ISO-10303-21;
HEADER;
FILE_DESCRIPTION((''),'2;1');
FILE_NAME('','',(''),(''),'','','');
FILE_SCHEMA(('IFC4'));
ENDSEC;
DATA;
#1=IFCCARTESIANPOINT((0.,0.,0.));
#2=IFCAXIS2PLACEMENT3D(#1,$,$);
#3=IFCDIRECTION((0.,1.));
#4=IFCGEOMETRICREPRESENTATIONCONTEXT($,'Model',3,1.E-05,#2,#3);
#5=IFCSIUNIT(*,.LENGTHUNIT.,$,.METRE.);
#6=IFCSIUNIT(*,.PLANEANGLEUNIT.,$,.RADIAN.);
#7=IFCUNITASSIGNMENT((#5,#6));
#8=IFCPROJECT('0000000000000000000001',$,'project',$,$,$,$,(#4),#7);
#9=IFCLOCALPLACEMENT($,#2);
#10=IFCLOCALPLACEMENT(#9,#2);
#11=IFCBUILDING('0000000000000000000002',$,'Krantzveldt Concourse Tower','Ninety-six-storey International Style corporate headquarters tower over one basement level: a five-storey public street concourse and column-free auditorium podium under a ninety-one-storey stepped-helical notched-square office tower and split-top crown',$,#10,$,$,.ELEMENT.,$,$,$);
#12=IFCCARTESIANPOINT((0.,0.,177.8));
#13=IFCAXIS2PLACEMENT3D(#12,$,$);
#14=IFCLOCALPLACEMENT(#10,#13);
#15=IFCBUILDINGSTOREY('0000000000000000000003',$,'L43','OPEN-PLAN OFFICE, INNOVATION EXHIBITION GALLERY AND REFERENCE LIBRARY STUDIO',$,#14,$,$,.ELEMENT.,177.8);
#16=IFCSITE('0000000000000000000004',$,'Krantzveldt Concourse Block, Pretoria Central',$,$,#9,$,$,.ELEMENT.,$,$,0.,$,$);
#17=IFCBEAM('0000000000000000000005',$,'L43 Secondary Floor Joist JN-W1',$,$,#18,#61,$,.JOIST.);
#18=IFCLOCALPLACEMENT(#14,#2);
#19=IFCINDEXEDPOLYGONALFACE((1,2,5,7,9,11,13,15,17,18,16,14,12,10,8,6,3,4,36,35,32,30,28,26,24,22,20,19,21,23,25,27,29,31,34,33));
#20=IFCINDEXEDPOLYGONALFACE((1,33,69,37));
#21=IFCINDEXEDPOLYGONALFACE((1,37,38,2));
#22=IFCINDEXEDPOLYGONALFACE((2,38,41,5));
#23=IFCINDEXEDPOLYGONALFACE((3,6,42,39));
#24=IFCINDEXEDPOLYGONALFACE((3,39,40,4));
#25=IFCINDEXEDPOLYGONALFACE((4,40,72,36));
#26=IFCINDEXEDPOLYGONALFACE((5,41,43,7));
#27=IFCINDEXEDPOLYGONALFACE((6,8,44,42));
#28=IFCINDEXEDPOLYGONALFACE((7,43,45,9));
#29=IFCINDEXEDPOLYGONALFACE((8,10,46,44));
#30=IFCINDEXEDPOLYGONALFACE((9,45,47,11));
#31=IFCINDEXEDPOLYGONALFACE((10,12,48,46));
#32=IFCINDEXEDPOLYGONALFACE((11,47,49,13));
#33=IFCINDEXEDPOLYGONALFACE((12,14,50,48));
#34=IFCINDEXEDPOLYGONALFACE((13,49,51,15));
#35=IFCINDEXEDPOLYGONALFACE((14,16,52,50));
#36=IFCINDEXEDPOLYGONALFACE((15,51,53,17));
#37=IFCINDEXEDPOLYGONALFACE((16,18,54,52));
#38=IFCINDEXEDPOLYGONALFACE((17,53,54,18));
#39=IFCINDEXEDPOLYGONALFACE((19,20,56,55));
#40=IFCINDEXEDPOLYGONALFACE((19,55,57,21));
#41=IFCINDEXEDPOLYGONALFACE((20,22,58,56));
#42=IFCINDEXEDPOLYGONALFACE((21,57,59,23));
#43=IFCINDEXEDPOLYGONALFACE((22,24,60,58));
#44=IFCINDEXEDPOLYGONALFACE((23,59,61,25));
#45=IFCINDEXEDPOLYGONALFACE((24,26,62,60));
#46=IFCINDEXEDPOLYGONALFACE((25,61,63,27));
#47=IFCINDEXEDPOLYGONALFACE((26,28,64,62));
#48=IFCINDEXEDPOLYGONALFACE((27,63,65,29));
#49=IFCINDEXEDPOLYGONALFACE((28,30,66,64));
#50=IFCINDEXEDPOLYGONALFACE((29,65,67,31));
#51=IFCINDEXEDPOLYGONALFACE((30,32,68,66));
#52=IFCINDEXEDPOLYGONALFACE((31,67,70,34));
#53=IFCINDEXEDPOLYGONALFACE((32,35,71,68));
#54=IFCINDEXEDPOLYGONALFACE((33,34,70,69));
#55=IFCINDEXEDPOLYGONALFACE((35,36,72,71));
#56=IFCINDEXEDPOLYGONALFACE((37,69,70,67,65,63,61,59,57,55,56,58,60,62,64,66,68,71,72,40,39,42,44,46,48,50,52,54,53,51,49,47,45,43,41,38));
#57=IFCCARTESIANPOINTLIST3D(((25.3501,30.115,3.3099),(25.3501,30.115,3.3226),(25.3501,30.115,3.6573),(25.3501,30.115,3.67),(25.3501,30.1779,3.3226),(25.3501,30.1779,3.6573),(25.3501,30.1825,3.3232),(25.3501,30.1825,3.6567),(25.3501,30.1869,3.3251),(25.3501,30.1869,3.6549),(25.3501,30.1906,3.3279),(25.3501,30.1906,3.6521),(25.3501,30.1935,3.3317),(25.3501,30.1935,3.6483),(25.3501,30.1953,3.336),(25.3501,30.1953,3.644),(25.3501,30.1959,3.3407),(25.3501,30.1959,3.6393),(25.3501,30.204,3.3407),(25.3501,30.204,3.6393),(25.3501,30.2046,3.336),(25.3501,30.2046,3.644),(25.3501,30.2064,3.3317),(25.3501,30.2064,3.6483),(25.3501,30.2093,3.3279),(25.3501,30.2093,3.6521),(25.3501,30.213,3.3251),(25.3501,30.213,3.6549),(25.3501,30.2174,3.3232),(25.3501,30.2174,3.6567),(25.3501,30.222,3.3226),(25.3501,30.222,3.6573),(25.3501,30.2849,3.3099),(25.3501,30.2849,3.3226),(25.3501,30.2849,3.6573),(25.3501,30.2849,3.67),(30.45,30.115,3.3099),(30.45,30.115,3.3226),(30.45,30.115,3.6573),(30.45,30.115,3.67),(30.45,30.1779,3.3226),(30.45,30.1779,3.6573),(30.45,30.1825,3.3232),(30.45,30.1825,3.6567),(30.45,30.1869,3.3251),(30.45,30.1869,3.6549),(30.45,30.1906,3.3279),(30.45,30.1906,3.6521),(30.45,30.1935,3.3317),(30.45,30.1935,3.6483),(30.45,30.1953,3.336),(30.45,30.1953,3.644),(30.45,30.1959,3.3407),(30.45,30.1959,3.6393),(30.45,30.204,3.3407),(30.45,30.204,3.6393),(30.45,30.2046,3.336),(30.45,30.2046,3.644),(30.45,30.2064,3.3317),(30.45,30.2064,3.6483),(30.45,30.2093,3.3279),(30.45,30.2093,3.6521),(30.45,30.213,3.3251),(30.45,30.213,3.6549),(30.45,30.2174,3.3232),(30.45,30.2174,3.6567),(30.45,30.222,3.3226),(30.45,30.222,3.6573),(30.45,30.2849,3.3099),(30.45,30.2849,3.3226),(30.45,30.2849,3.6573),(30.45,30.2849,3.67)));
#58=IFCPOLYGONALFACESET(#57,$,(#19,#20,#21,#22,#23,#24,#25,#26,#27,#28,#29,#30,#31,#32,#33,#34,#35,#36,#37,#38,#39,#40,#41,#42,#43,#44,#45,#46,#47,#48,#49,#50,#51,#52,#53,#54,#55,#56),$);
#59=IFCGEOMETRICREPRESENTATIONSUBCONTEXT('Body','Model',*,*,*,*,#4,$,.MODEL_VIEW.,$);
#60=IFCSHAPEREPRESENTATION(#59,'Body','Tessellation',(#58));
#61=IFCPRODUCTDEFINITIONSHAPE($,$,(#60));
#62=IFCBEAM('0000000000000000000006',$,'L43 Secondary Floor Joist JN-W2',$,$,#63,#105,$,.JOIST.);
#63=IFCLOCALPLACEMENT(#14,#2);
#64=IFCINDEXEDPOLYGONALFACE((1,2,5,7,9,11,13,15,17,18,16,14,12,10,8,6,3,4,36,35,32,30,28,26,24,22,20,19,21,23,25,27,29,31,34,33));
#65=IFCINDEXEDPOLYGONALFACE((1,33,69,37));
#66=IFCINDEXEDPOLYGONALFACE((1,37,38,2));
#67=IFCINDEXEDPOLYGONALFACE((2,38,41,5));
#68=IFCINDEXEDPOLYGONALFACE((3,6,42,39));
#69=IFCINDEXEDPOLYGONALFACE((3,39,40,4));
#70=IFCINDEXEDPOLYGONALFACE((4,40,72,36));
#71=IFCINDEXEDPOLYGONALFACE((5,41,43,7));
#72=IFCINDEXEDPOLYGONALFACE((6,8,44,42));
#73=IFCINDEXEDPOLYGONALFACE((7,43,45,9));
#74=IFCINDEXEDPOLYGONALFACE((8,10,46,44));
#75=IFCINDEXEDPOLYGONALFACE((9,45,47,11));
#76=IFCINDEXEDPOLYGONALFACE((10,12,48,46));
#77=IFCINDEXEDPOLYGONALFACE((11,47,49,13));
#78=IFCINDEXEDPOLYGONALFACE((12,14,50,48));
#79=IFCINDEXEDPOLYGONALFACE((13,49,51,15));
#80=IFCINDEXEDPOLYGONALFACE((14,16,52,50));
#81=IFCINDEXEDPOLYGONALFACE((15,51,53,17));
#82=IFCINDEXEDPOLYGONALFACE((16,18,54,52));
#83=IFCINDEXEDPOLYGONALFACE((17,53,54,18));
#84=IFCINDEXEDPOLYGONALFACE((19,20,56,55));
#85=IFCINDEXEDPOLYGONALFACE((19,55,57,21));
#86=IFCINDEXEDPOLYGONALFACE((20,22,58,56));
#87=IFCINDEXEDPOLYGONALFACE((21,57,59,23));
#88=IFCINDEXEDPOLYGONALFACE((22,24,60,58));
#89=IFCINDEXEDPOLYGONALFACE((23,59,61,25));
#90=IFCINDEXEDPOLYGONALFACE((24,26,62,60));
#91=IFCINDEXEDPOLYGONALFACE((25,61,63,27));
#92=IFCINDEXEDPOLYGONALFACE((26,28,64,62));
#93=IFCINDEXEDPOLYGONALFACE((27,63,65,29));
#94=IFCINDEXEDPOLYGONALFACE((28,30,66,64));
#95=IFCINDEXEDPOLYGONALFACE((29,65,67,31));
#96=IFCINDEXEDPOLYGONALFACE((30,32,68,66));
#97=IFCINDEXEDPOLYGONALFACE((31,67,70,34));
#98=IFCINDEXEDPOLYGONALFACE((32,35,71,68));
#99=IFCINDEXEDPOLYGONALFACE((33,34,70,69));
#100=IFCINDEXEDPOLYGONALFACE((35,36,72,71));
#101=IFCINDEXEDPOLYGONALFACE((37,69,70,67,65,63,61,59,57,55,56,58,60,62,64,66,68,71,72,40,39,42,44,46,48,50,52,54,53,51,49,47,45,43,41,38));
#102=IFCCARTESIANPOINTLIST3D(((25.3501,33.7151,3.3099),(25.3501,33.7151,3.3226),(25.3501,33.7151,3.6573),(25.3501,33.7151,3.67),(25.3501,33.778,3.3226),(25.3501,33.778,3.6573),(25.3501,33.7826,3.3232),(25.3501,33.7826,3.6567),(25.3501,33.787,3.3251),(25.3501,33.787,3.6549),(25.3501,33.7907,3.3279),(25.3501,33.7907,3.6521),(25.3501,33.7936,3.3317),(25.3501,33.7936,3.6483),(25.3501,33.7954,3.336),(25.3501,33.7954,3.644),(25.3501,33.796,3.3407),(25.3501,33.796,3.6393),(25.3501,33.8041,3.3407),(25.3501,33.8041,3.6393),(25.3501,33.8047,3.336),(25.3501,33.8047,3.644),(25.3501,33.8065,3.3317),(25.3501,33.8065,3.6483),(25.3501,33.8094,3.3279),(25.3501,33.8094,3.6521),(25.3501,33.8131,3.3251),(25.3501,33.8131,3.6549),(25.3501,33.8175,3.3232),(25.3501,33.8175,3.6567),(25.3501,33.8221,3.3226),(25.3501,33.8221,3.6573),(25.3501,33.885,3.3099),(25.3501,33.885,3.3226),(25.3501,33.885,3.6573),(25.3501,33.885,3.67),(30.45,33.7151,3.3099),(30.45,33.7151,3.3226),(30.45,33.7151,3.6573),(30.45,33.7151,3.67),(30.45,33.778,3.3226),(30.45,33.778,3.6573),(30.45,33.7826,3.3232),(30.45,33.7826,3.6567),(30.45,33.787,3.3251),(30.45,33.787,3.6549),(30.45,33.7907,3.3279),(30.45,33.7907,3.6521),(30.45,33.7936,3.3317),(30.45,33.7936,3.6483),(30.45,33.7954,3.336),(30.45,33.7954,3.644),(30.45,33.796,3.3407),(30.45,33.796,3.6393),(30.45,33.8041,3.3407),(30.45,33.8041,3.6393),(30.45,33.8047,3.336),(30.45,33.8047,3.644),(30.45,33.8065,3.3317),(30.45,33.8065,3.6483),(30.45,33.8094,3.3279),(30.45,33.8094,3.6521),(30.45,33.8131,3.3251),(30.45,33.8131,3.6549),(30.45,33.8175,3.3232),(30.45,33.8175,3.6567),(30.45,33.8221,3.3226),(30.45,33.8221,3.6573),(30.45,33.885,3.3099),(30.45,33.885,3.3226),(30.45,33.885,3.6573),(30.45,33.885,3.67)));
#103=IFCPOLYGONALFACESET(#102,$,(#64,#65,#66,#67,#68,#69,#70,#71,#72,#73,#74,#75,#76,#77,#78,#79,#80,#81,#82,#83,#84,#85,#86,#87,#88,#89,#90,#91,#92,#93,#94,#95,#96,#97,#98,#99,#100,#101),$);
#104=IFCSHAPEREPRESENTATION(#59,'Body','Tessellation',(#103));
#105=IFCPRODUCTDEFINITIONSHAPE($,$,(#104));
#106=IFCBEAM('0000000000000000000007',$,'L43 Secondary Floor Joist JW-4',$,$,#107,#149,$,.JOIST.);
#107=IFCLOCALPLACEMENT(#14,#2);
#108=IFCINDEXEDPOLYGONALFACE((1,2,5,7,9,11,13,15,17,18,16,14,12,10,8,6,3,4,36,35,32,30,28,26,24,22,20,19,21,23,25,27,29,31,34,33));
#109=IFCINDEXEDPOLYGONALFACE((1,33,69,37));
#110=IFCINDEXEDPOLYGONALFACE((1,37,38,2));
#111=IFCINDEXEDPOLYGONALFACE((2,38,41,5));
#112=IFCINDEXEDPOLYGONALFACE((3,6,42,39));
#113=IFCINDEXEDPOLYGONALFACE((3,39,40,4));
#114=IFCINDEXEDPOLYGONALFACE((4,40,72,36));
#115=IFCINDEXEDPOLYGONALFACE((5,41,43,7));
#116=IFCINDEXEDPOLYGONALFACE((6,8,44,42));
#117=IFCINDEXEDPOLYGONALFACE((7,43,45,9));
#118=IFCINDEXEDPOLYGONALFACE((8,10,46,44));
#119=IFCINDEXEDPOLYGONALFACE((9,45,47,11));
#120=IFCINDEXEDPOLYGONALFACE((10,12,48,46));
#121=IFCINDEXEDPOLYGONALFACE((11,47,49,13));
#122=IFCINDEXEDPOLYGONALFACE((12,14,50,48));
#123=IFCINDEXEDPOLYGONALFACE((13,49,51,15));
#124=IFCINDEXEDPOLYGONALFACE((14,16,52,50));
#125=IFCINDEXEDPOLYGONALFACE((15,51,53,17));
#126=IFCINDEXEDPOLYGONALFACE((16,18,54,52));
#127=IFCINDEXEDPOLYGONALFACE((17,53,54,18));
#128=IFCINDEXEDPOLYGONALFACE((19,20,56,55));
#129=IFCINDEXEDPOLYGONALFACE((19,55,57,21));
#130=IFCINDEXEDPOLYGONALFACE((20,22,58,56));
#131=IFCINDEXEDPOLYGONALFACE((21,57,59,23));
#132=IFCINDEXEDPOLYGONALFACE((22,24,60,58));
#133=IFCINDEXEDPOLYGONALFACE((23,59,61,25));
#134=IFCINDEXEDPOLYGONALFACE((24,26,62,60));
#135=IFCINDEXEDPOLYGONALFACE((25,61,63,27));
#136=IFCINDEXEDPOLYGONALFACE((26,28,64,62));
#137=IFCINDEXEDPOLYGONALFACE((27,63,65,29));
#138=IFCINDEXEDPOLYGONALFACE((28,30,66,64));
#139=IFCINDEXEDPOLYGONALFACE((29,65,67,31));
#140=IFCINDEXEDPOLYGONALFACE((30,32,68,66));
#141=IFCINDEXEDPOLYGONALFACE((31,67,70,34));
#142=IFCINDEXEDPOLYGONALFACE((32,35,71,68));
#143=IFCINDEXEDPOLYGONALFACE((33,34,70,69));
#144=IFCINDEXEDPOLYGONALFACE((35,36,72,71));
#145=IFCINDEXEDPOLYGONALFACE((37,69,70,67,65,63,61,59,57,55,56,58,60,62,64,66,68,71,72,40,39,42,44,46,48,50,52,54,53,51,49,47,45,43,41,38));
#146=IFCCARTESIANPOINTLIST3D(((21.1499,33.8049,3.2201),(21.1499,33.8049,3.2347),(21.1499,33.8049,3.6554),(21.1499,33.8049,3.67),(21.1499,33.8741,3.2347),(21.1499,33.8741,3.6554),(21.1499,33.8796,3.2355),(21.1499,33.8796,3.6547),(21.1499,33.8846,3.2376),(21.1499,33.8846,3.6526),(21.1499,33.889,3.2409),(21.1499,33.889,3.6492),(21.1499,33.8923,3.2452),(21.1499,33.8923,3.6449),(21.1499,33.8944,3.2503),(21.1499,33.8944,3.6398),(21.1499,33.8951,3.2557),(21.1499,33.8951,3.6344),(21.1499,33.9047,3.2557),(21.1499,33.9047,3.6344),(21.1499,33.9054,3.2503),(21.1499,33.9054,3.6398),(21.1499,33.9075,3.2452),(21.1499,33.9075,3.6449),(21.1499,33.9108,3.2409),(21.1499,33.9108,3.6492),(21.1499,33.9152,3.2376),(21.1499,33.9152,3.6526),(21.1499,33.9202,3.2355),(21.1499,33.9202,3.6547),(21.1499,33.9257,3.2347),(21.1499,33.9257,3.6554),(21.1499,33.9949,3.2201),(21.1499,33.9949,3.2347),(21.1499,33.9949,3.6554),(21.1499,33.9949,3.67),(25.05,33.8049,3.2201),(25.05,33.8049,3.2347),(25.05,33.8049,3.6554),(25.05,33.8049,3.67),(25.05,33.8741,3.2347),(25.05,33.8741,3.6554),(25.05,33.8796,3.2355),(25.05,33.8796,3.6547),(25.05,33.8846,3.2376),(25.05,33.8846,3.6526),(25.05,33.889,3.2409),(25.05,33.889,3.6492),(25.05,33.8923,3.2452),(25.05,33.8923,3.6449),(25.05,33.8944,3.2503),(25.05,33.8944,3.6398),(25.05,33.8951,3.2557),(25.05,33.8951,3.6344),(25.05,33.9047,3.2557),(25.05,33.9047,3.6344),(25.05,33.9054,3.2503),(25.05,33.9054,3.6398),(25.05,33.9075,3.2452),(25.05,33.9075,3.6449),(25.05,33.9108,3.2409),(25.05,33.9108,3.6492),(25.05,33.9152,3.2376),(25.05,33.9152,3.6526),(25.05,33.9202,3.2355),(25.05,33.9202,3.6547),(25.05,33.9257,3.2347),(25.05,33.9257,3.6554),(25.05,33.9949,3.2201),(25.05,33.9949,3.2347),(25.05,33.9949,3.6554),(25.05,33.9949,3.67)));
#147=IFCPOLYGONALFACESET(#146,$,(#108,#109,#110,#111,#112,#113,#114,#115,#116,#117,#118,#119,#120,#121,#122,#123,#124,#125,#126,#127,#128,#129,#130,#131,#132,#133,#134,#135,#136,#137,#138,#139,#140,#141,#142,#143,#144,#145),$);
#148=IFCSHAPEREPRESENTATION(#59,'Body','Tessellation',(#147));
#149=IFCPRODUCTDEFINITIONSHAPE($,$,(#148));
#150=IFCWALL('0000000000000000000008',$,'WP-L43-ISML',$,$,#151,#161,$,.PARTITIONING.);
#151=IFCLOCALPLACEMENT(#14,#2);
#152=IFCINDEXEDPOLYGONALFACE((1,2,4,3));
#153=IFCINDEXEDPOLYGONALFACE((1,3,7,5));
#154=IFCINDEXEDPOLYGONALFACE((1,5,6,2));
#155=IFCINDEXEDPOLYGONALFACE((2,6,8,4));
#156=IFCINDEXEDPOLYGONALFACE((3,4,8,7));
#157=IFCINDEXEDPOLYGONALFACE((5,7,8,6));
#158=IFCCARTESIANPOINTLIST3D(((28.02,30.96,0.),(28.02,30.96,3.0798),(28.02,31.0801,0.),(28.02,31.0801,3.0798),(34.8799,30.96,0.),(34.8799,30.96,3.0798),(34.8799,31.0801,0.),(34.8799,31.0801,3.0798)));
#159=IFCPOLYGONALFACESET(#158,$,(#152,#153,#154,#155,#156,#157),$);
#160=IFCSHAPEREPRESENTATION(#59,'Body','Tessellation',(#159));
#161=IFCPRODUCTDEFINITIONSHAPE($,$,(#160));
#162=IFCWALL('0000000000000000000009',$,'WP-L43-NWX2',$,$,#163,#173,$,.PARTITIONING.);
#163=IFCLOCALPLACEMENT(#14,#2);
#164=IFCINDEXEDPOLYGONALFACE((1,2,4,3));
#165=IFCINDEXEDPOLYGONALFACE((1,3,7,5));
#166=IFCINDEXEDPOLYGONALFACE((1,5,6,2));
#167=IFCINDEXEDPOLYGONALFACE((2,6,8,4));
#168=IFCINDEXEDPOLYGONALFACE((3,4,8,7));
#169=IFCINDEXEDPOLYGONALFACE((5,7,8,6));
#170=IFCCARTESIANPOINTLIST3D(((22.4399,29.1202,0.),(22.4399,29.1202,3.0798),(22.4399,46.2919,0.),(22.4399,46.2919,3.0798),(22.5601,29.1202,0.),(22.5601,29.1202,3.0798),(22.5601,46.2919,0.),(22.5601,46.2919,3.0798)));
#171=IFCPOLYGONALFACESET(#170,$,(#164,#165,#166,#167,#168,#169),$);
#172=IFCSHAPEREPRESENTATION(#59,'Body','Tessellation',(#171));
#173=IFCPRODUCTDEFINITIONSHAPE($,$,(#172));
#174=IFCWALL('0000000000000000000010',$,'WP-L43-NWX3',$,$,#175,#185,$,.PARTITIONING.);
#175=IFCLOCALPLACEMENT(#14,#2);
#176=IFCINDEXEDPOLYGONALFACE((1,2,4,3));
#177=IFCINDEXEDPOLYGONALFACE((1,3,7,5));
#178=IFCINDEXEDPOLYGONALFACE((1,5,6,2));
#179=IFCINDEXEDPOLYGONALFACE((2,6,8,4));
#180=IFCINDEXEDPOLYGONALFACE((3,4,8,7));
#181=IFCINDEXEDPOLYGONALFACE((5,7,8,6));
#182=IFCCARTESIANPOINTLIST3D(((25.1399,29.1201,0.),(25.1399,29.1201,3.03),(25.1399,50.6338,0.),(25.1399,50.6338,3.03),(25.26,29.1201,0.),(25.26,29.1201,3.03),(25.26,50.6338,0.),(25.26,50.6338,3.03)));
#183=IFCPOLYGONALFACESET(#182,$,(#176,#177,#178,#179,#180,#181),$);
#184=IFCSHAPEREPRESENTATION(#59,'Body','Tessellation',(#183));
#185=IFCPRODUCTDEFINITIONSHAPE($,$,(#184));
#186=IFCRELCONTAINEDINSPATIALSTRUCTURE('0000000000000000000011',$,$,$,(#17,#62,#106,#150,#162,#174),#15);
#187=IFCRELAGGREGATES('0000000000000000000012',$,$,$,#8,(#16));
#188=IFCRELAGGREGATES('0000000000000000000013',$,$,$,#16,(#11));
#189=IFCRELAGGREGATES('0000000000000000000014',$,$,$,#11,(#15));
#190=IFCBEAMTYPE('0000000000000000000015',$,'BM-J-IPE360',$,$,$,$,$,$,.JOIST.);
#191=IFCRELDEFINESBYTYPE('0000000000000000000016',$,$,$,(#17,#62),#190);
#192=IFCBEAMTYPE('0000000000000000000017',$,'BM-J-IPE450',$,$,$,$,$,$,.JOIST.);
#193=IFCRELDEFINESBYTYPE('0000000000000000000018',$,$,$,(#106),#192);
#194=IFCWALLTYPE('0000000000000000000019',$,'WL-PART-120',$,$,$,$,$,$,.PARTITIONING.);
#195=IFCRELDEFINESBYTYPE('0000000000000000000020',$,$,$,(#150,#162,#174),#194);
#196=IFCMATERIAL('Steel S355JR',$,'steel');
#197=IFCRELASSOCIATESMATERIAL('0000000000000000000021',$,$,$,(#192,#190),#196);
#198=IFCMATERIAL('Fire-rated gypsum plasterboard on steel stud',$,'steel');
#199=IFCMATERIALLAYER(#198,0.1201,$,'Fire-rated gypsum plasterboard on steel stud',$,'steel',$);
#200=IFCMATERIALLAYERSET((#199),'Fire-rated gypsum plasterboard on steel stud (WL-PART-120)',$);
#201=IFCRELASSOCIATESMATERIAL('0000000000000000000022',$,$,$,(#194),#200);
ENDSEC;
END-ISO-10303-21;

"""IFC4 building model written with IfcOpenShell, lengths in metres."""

from ifc_helpers import new_model, si_unit, direction, frame, frame_2d, origin, origin_2d, place, context, subcontext, project, spatial, rectangle, i_section, extrude, source, transform, mapped, material, layer, layer_set, material_profile, profile_set, type_object, type_shapes, element, save


model = new_model("IFC4")

# Units and contexts
model_context = context("Model", 3, precision=1e-05, world=origin(), true_north=direction((0.0, 1.0)))
body_context = subcontext(model_context, "Body", "Model", "MODEL_VIEW")
ifc_project = project(units=[si_unit("LENGTHUNIT", "METRE"), si_unit("PLANEANGLEUNIT", "RADIAN")], contexts=[model_context])

# Site, building, storey
site_placement = place(None, origin())
site = spatial("IfcSite", under=ifc_project, at=site_placement, Name="Krantzveldt Concourse Block, Pretoria Central", CompositionType="ELEMENT", RefElevation=0.0)
building_placement = place(site_placement, origin())
building = spatial("IfcBuilding", under=site, at=building_placement, Name="Krantzveldt Concourse Tower", Description="Ninety-six-storey International Style corporate headquarters tower over one basement level: a five-storey public street concourse and column-free auditorium podium under a ninety-one-storey stepped-helical notched-square office tower and split-top crown", CompositionType="ELEMENT")
storey_placement = place(building_placement, frame((0.0, 0.0, 177.8)))
storey = spatial("IfcBuildingStorey", under=building, at=storey_placement, Name="L43", Description="OPEN-PLAN OFFICE, INNOVATION EXHIBITION GALLERY AND REFERENCE LIBRARY STUDIO", CompositionType="ELEMENT", Elevation=177.8)

# Beams
ifc_material_1 = material(Name="Steel S355JR", Category="steel")
ifc_material_profile_1 = material_profile(ifc_material_1, i_section(OverallWidth=0.1899, OverallDepth=0.45, WebThickness=0.0095, FlangeThickness=0.0146, FilletRadius=0.021, at=origin_2d()), Name="Steel S355JR", Category="steel")
ifc_profile_set_1 = profile_set([ifc_material_profile_1], Name="Steel S355JR - IPE 450")
beam_type_1 = type_object("IfcBeamType", Name="BM-J-IPE450", PredefinedType="JOIST", material=ifc_profile_set_1)
ifc_material_profile_2 = material_profile(ifc_material_1, i_section(OverallWidth=0.1699, OverallDepth=0.3601, WebThickness=0.0081, FlangeThickness=0.0127, FilletRadius=0.0181, at=origin_2d()), Name="Steel S355JR", Category="steel")
ifc_profile_set_2 = profile_set([ifc_material_profile_2], Name="Steel S355JR - IPE 360")
beam_type_2 = type_object("IfcBeamType", Name="BM-J-IPE360", PredefinedType="JOIST", material=ifc_profile_set_2)
shared_shape_1 = source(origin(), body_context, "Body", "SweptSolid", [
    extrude(i_section(OverallWidth=0.1699, OverallDepth=0.3601, WebThickness=0.0081, FlangeThickness=0.0127, FilletRadius=0.0181, at=origin_2d()), origin(), (0.0, 0.0, 1.0), 5.0999),
])
type_shapes(beam_type_2, [shared_shape_1])
for number, where, z_axis, x_axis, name in (
    (1, (25.3501, 30.2, 3.49), (1.0, 0.0, 0.0), (0.0, 1.0, 0.0), "L43 Secondary Floor Joist JN-W1"),
    (2, (25.3501, 33.8, 3.49), (1.0, 0.0, 0.0), (0.0, 1.0, 0.0), "L43 Secondary Floor Joist JN-W2"),
):
    element("IfcBeam", number, at=place(storey_placement, frame(where, z_axis=z_axis, x_axis=x_axis)), inside=storey, type_object=beam_type_2, Name=name, PredefinedType="JOIST", context=body_context, shape_type="MappedRepresentation", body=[
        mapped(shared_shape_1, transform((0.0, 0.0, 0.0), x_axis=(1.0, 0.0, 0.0), y_axis=(0.0, 1.0, 0.0), z_axis=(0.0, 0.0, 1.0), scale=1.0)),
    ])
shared_shape_2 = source(origin(), body_context, "Body", "SweptSolid", [
    extrude(i_section(OverallWidth=0.1899, OverallDepth=0.45, WebThickness=0.0095, FlangeThickness=0.0146, FilletRadius=0.021, at=origin_2d()), origin(), (0.0, 0.0, 1.0), 3.9001),
])
beam_1_placement = place(storey_placement, frame((21.1499, 33.8999, 3.4451), z_axis=(1.0, 0.0, 0.0), x_axis=(0.0, 1.0, 0.0)))
element("IfcBeam", 3, at=beam_1_placement, inside=storey, type_object=beam_type_1, Name="L43 Secondary Floor Joist JW-4", PredefinedType="JOIST", context=body_context, shape_type="MappedRepresentation", body=[
    mapped(shared_shape_2, transform((0.0, 0.0, 0.0), x_axis=(1.0, 0.0, 0.0), y_axis=(0.0, 1.0, 0.0), z_axis=(0.0, 0.0, 1.0), scale=1.0)),
])

# Walls
ifc_material_2 = material(Name="Fire-rated gypsum plasterboard on steel stud", Category="steel")
ifc_layer_1 = layer(ifc_material_2, 0.1201, Name="Fire-rated gypsum plasterboard on steel stud", Category="steel")
ifc_layer_set_1 = layer_set([ifc_layer_1], Name="Fire-rated gypsum plasterboard on steel stud (WL-PART-120)")
wall_type_1 = type_object("IfcWallType", Name="WL-PART-120", PredefinedType="PARTITIONING", material=ifc_layer_set_1)
wall_1_placement = place(storey_placement, frame((28.02, 31.02, 0.0), z_axis=(0.0, 0.0, 1.0), x_axis=(1.0, 0.0, 0.0)))
element("IfcWall", 4, at=wall_1_placement, inside=storey, type_object=wall_type_1, Name="WP-L43-ISML", PredefinedType="PARTITIONING", context=body_context, shape_type="SweptSolid", body=[
    extrude(rectangle(XDim=6.8599, YDim=0.1201, at=frame_2d((3.4299, 0.0))), origin(), (0.0, 0.0, 1.0), 3.0798),
])
wall_2_placement = place(storey_placement, frame((22.5, 29.1201, 0.0), z_axis=(0.0, 0.0, 1.0), x_axis=(0.0, 1.0, 0.0)))
element("IfcWall", 5, at=wall_2_placement, inside=storey, type_object=wall_type_1, Name="WP-L43-NWX2", PredefinedType="PARTITIONING", context=body_context, shape_type="SweptSolid", body=[
    extrude(rectangle(XDim=17.1716, YDim=0.1201, at=frame_2d((8.5859, 0.0))), origin(), (0.0, 0.0, 1.0), 3.0798),
])
wall_3_placement = place(storey_placement, frame((25.2, 29.1201, 0.0), z_axis=(0.0, 0.0, 1.0), x_axis=(0.0, 1.0, 0.0)))
element("IfcWall", 6, at=wall_3_placement, inside=storey, type_object=wall_type_1, Name="WP-L43-NWX3", PredefinedType="PARTITIONING", context=body_context, shape_type="SweptSolid", body=[
    extrude(rectangle(XDim=21.5137, YDim=0.1201, at=frame_2d((10.7568, 0.0))), origin(), (0.0, 0.0, 1.0), 3.03),
])

save(model, "model.ifc")
